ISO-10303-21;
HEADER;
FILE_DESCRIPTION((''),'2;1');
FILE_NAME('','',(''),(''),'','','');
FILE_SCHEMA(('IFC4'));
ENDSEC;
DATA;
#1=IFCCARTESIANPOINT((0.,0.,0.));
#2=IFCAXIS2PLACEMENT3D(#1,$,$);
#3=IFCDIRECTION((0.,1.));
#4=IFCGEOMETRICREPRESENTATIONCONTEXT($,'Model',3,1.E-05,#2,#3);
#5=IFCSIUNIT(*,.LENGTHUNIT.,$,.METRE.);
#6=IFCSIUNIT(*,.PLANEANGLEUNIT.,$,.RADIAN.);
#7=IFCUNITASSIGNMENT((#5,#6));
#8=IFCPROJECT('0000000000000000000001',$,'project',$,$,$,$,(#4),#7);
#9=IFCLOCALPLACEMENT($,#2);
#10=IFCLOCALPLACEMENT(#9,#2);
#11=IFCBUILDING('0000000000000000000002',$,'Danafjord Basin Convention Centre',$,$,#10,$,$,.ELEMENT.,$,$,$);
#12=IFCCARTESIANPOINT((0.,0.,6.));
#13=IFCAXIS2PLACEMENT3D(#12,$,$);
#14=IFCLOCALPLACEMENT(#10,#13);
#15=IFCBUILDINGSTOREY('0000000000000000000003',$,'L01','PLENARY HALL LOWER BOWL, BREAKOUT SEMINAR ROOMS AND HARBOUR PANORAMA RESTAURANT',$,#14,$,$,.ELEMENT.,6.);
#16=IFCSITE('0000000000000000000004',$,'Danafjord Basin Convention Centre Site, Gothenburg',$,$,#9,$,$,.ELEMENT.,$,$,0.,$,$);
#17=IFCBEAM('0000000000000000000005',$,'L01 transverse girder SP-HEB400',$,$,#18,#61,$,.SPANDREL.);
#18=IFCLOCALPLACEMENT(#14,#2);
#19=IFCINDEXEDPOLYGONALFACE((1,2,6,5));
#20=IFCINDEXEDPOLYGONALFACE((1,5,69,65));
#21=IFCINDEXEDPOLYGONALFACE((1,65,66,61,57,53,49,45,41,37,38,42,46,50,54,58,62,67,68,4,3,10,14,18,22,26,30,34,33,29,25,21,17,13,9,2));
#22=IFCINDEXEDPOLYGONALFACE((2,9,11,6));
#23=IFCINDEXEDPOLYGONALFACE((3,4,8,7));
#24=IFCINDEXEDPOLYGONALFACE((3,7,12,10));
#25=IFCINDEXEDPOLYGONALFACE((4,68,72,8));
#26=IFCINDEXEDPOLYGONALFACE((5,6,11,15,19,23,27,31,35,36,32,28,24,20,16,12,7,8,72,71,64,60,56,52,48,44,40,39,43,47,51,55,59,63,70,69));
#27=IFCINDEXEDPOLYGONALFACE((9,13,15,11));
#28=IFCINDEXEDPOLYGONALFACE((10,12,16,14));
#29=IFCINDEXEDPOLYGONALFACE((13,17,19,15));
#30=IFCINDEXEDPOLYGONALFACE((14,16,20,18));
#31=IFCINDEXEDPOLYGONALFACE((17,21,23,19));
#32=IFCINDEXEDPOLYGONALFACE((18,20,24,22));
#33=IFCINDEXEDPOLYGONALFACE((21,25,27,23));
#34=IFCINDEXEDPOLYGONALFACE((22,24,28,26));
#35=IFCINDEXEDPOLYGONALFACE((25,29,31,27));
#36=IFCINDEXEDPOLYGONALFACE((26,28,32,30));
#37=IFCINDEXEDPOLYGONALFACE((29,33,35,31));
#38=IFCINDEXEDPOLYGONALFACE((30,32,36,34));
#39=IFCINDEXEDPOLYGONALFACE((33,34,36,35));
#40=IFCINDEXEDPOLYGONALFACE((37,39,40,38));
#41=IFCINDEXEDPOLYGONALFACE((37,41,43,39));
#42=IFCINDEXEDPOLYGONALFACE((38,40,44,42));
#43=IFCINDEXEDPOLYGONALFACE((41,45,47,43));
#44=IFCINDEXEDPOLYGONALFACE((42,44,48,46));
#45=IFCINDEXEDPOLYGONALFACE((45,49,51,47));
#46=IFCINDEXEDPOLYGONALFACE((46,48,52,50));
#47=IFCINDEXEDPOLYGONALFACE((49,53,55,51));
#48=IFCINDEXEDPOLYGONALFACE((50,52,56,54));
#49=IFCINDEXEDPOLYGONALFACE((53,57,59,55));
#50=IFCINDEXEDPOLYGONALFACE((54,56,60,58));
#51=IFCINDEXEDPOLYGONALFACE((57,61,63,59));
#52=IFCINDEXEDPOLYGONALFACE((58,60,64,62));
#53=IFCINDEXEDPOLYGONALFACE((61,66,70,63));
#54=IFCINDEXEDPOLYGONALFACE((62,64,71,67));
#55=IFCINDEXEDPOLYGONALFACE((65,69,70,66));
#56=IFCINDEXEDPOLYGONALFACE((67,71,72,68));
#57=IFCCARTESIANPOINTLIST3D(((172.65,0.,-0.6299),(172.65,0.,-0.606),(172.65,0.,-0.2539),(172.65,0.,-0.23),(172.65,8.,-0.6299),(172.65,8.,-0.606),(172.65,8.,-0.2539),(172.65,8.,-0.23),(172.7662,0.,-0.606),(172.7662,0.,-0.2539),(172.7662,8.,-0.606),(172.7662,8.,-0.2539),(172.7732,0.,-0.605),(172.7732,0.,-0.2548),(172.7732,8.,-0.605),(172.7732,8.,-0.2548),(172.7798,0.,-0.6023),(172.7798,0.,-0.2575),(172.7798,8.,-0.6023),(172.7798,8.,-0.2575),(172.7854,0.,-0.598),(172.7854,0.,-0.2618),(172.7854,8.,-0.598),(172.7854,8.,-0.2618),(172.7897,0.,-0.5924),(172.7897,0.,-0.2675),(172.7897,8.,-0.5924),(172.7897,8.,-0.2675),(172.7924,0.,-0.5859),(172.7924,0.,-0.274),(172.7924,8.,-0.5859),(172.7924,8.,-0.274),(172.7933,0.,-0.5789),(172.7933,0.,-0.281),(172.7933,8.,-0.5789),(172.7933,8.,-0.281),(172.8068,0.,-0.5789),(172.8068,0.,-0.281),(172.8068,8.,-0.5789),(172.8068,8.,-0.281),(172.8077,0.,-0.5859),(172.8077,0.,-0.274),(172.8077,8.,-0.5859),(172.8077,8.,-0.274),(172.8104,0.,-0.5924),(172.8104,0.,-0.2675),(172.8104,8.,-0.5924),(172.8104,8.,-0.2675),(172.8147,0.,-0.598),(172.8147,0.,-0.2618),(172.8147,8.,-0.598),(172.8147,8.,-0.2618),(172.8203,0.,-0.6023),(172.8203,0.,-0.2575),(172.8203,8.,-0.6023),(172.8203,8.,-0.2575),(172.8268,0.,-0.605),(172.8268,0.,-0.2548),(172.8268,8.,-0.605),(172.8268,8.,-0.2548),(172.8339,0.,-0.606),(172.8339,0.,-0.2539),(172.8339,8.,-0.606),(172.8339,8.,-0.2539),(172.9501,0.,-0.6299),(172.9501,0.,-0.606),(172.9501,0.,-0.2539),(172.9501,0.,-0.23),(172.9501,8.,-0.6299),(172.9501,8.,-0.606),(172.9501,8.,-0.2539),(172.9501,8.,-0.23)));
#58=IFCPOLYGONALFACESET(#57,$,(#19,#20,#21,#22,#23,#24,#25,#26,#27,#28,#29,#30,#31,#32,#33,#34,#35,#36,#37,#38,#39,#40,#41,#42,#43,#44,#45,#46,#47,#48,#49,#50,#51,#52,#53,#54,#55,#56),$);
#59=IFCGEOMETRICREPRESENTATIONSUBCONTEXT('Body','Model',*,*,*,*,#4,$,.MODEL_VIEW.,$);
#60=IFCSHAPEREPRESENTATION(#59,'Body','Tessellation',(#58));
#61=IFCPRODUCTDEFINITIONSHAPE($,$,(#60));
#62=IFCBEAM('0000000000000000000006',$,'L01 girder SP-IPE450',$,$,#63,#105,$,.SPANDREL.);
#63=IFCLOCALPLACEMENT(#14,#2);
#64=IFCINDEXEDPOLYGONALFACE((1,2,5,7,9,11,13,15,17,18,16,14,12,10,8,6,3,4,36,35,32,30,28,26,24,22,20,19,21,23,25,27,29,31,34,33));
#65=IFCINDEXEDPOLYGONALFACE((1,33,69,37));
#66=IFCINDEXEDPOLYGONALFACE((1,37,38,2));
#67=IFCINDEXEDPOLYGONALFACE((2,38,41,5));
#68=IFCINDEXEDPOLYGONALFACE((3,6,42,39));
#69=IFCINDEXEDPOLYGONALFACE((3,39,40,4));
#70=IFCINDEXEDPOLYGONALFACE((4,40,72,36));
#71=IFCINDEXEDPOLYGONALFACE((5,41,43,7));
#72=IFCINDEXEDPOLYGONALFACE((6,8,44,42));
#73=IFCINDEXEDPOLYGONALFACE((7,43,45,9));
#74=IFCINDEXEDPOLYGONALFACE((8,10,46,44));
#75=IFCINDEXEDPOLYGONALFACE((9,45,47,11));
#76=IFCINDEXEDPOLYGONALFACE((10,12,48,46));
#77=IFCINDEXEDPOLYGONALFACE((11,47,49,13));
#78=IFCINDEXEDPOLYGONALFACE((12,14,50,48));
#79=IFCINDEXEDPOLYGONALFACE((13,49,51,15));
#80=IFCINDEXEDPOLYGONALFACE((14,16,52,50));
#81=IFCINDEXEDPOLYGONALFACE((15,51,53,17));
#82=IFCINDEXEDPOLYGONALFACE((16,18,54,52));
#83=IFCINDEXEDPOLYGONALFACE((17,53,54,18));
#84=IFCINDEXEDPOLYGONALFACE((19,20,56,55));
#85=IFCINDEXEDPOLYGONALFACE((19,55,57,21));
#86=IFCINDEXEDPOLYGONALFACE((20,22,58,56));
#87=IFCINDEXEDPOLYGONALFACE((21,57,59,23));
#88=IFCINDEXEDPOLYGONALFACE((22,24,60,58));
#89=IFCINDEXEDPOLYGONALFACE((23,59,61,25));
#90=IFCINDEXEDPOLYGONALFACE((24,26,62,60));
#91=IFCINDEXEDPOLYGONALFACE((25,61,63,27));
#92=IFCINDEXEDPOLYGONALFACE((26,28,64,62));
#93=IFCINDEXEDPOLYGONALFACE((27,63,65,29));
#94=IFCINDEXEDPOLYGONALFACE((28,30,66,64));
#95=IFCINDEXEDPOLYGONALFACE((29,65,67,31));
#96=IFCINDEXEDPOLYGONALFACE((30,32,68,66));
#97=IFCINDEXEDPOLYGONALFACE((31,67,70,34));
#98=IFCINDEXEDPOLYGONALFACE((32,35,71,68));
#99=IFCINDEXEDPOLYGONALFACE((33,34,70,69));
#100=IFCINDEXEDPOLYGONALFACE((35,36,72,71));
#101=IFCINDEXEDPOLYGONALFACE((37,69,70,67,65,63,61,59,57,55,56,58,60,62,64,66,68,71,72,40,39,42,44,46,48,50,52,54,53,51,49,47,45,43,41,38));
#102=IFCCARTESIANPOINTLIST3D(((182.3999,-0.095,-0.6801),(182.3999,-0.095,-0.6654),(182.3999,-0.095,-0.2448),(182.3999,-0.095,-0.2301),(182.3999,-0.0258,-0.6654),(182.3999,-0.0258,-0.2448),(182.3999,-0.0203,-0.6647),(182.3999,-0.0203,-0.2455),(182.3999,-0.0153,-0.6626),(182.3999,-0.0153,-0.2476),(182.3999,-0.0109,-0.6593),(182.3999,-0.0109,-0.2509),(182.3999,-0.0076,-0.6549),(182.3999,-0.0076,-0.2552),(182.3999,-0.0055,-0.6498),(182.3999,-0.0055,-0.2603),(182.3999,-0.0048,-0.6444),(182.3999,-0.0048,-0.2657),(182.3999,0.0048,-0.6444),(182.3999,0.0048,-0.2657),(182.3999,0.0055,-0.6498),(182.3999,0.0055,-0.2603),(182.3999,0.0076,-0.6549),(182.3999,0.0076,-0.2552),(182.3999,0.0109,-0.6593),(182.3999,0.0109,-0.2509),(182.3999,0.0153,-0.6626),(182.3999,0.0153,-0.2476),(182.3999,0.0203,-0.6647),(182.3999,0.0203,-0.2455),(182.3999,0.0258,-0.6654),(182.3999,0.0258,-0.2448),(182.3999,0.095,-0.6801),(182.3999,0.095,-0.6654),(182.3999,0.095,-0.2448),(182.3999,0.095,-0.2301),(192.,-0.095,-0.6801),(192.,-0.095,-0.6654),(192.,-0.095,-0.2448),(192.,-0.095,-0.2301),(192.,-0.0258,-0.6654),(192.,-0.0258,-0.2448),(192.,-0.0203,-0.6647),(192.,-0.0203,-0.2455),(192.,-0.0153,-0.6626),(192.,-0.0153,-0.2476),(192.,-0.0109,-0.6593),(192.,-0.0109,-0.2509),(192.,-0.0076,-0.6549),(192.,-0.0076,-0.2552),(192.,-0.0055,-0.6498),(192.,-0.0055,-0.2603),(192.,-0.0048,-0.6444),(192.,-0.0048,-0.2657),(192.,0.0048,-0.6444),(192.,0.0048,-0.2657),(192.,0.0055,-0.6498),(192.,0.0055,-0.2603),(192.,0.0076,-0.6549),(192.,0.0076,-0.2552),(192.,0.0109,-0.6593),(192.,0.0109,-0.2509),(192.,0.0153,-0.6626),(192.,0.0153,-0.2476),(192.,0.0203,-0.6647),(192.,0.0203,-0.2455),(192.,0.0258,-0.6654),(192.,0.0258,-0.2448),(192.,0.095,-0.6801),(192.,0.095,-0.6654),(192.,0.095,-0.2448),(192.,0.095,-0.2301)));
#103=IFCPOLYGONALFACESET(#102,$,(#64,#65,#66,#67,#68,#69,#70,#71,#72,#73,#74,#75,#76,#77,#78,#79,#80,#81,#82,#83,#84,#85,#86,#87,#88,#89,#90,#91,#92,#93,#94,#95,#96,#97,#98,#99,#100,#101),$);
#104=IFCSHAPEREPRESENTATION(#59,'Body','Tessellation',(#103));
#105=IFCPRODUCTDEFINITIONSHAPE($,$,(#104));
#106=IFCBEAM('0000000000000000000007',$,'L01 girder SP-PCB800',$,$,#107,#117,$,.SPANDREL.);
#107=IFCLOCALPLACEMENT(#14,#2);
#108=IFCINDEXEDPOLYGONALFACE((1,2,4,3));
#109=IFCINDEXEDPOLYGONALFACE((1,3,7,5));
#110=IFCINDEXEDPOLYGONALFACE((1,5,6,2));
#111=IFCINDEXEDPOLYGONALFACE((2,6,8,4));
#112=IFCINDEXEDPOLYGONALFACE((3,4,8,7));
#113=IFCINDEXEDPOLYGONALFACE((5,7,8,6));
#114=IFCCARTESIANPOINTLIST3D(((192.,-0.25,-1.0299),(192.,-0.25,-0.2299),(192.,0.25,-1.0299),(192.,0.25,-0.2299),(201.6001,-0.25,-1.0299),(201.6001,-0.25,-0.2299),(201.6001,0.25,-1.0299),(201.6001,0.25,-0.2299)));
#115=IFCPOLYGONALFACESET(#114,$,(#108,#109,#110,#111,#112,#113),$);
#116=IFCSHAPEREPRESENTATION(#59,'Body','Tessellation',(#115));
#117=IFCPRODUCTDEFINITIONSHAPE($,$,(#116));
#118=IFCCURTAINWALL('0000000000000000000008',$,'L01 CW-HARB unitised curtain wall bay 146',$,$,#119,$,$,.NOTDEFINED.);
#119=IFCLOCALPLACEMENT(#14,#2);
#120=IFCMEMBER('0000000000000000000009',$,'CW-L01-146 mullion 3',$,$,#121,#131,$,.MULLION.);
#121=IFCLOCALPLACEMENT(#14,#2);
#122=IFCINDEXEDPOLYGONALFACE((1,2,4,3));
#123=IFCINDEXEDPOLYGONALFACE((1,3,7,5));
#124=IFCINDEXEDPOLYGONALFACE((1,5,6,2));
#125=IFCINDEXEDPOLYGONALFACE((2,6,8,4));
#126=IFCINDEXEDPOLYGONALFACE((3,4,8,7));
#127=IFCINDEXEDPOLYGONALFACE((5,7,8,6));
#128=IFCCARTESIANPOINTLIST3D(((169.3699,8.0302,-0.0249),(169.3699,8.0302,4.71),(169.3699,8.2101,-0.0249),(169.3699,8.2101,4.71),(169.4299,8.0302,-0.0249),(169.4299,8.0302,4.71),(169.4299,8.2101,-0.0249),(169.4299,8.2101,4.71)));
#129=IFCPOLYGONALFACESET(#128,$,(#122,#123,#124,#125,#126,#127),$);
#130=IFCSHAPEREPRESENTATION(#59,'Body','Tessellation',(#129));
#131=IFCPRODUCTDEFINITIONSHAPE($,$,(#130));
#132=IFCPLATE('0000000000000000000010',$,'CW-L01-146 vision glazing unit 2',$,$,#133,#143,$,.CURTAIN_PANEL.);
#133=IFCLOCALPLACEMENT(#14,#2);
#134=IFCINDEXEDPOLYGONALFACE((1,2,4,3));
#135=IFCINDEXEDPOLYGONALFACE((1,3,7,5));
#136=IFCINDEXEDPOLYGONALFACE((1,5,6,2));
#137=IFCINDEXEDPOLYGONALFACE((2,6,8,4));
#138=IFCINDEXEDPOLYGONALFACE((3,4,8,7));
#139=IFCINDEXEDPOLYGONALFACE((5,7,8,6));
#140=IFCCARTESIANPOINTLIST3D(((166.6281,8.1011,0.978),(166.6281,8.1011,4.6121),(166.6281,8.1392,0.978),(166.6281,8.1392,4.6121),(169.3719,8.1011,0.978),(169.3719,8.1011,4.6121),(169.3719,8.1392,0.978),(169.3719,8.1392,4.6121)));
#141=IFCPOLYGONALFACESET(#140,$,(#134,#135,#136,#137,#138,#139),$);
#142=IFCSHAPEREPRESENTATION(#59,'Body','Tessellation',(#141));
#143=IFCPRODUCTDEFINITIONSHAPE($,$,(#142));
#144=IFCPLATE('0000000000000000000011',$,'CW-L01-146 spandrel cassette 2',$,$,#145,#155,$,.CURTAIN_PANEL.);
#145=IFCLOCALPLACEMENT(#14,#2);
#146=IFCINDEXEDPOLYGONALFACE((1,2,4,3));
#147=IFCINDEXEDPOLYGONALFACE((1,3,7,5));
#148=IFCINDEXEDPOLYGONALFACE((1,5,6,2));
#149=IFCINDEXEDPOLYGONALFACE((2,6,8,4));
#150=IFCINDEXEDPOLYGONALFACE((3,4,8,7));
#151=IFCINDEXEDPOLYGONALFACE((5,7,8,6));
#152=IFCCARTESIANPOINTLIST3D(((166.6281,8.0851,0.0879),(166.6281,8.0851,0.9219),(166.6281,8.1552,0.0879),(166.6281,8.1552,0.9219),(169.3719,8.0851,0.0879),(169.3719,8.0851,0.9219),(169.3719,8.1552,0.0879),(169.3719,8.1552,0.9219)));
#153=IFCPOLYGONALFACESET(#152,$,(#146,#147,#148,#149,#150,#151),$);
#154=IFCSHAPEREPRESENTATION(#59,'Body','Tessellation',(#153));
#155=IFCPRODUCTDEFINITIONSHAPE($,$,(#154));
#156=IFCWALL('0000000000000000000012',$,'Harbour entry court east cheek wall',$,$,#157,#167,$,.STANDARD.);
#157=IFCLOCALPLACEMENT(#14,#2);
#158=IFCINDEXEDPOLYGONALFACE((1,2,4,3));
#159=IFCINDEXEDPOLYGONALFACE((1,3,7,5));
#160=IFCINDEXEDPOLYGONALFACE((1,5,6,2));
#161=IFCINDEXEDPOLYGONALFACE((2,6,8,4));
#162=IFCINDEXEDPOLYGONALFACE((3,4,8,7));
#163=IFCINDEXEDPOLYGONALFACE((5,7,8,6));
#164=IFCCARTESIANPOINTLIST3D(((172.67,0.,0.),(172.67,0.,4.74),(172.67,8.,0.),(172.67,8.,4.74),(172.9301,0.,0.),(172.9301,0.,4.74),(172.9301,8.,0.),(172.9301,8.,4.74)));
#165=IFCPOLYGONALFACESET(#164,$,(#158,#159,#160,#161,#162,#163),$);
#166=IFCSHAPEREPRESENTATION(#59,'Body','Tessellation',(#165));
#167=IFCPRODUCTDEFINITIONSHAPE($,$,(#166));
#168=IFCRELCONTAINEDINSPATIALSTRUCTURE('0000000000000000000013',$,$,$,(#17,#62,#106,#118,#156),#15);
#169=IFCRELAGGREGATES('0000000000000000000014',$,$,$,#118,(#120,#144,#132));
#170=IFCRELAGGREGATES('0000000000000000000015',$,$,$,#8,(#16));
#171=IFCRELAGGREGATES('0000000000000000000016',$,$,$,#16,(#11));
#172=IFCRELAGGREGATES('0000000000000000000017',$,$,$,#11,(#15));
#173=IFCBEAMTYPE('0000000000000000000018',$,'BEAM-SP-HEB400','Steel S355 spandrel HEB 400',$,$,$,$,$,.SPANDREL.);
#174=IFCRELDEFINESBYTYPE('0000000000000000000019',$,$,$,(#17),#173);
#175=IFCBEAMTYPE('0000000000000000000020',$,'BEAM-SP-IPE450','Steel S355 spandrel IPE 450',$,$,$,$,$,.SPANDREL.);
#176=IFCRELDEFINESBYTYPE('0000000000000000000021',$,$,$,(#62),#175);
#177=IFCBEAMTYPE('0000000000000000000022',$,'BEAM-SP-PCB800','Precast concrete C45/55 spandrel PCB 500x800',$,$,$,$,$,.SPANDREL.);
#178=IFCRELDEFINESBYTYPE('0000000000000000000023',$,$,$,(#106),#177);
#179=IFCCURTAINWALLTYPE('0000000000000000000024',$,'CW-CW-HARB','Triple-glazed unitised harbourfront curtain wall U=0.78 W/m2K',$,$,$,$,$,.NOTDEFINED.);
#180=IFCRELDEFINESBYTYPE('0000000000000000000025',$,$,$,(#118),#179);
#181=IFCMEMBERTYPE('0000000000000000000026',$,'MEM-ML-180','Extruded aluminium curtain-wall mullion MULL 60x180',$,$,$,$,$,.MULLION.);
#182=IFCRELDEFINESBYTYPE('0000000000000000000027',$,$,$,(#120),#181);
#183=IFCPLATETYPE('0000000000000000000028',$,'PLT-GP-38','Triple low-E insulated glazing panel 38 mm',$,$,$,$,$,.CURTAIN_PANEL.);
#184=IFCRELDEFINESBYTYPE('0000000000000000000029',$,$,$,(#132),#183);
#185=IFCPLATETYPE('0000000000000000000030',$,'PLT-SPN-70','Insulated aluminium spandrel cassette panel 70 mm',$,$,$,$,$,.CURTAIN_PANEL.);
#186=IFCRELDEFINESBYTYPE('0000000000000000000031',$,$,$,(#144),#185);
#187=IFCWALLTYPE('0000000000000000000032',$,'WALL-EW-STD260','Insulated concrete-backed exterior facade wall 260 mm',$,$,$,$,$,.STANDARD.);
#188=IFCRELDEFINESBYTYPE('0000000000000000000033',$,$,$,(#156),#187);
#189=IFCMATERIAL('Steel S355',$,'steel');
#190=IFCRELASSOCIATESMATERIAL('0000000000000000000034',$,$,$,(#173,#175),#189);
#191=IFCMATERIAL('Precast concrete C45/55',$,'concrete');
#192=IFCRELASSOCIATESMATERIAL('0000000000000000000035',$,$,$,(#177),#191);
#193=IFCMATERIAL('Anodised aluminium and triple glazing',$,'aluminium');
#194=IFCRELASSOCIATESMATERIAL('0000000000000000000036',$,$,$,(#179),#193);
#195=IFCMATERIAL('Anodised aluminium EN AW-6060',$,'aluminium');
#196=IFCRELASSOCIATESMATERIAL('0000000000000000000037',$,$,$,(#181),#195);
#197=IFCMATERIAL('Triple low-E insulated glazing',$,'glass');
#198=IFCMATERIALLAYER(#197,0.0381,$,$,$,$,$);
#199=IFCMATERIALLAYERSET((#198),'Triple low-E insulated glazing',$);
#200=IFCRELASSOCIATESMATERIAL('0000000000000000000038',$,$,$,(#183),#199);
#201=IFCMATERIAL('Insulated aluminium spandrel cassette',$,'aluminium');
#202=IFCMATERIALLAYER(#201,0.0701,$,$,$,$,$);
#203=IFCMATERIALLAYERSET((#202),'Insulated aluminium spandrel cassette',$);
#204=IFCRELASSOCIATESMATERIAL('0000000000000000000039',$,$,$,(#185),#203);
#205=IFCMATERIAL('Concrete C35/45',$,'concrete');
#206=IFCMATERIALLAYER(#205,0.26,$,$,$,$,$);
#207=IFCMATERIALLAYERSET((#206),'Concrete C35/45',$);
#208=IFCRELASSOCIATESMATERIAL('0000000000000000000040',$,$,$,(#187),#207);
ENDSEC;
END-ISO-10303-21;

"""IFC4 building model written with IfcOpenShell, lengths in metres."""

from ifc_helpers import new_model, si_unit, direction, frame, frame_2d, origin, origin_2d, place, context, subcontext, project, spatial, rectangle, i_section, extrude, material, layer, layer_set, material_profile, profile_set, type_object, element, aggregate, save


model = new_model("IFC4")

# Units and contexts
model_context = context("Model", 3, precision=1e-05, world=origin(), true_north=direction((0.0, 1.0)))
body_context = subcontext(model_context, "Body", "Model", "MODEL_VIEW")
ifc_project = project(units=[si_unit("LENGTHUNIT", "METRE"), si_unit("PLANEANGLEUNIT", "RADIAN")], contexts=[model_context])

# Site, building, storey
site_placement = place(None, origin())
site = spatial("IfcSite", under=ifc_project, at=site_placement, Name="Danafjord Basin Convention Centre Site, Gothenburg", CompositionType="ELEMENT", RefElevation=0.0)
building_placement = place(site_placement, origin())
building = spatial("IfcBuilding", under=site, at=building_placement, Name="Danafjord Basin Convention Centre", CompositionType="ELEMENT")
storey_placement = place(building_placement, frame((0.0, 0.0, 6.0)))
storey = spatial("IfcBuildingStorey", under=building, at=storey_placement, Name="L01", Description="PLENARY HALL LOWER BOWL, BREAKOUT SEMINAR ROOMS AND HARBOUR PANORAMA RESTAURANT", CompositionType="ELEMENT", Elevation=6.0)

# Shared definitions
ifc_material_1 = material(Name="Steel S355", Category="steel")

# Beams
ifc_material_profile_1 = material_profile(ifc_material_1, i_section(OverallWidth=0.3, OverallDepth=0.3999, WebThickness=0.0134, FlangeThickness=0.0239, FilletRadius=0.0271, at=origin_2d()), Name="HEB 400")
ifc_profile_set_1 = profile_set([ifc_material_profile_1], Name="Steel S355")
beam_type_1 = type_object("IfcBeamType", Name="BEAM-SP-HEB400", Description="Steel S355 spandrel HEB 400", PredefinedType="SPANDREL", material=ifc_profile_set_1)
beam_1_placement = place(storey_placement, frame((172.8, 0.0, -0.4299), z_axis=(0.0, 1.0, 0.0), x_axis=(-1.0, 0.0, 0.0)))
element("IfcBeam", 1, at=beam_1_placement, inside=storey, type_object=beam_type_1, Name="L01 transverse girder SP-HEB400", PredefinedType="SPANDREL", context=body_context, shape_type="SweptSolid", body=[
    extrude(i_section(OverallWidth=0.3, OverallDepth=0.3999, WebThickness=0.0134, FlangeThickness=0.0239, FilletRadius=0.0271, at=origin_2d()), origin(), (0.0, 0.0, 1.0), 8.0),
])
ifc_material_profile_2 = material_profile(ifc_material_1, i_section(OverallWidth=0.1899, OverallDepth=0.45, WebThickness=0.0095, FlangeThickness=0.0146, FilletRadius=0.021, at=origin_2d()), Name="IPE 450")
ifc_profile_set_2 = profile_set([ifc_material_profile_2], Name="Steel S355")
beam_type_2 = type_object("IfcBeamType", Name="BEAM-SP-IPE450", Description="Steel S355 spandrel IPE 450", PredefinedType="SPANDREL", material=ifc_profile_set_2)
beam_2_placement = place(storey_placement, frame((182.3999, 0.0, -0.4551), z_axis=(1.0, 0.0, 0.0), x_axis=(0.0, 1.0, 0.0)))
element("IfcBeam", 2, at=beam_2_placement, inside=storey, type_object=beam_type_2, Name="L01 girder SP-IPE450", PredefinedType="SPANDREL", context=body_context, shape_type="SweptSolid", body=[
    extrude(i_section(OverallWidth=0.1899, OverallDepth=0.45, WebThickness=0.0095, FlangeThickness=0.0146, FilletRadius=0.021, at=origin_2d()), origin(), (0.0, 0.0, 1.0), 9.6001),
])
ifc_material_2 = material(Name="Precast concrete C45/55", Category="concrete")
ifc_material_profile_3 = material_profile(ifc_material_2, rectangle(XDim=0.5, YDim=0.8, at=origin_2d()), Name="PCB 500x800")
ifc_profile_set_3 = profile_set([ifc_material_profile_3], Name="Precast concrete C45/55")
beam_type_3 = type_object("IfcBeamType", Name="BEAM-SP-PCB800", Description="Precast concrete C45/55 spandrel PCB 500x800", PredefinedType="SPANDREL", material=ifc_profile_set_3)
beam_3_placement = place(storey_placement, frame((192.0, 0.0, -0.6299), z_axis=(1.0, 0.0, 0.0), x_axis=(0.0, 1.0, 0.0)))
element("IfcBeam", 3, at=beam_3_placement, inside=storey, type_object=beam_type_3, Name="L01 girder SP-PCB800", PredefinedType="SPANDREL", context=body_context, shape_type="SweptSolid", body=[
    extrude(rectangle(XDim=0.5, YDim=0.8, at=origin_2d()), origin(), (0.0, 0.0, 1.0), 9.6001),
])

# Curtain wall, member, plates
ifc_material_3 = material(Name="Anodised aluminium and triple glazing", Category="aluminium")
curtain_wall_type = type_object("IfcCurtainWallType", Name="CW-CW-HARB", Description="Triple-glazed unitised harbourfront curtain wall U=0.78 W/m2K", PredefinedType="NOTDEFINED", material=ifc_material_3)
curtain_wall_placement = place(storey_placement, origin())
curtain_wall = element("IfcCurtainWall", 4, at=curtain_wall_placement, inside=storey, type_object=curtain_wall_type, Name="L01 CW-HARB unitised curtain wall bay 146", PredefinedType="NOTDEFINED")
ifc_material_4 = material(Name="Anodised aluminium EN AW-6060", Category="aluminium")
ifc_material_profile_4 = material_profile(ifc_material_4, rectangle(XDim=0.0601, YDim=0.1799, at=origin_2d()), Name="MULL 60x180")
ifc_profile_set_4 = profile_set([ifc_material_profile_4], Name="Anodised aluminium EN AW-6060")
member_type = type_object("IfcMemberType", Name="MEM-ML-180", Description="Extruded aluminium curtain-wall mullion MULL 60x180", PredefinedType="MULLION", material=ifc_profile_set_4)
member_placement = place(storey_placement, frame((169.3999, 8.1201, -0.0249), z_axis=(0.0, 0.0, 1.0), x_axis=(1.0, 0.0, 0.0)))
member = element("IfcMember", 5, at=member_placement, type_object=member_type, Name="CW-L01-146 mullion 3", PredefinedType="MULLION", context=body_context, shape_type="SweptSolid", body=[
    extrude(rectangle(XDim=0.0601, YDim=0.1799, at=origin_2d()), origin(), (0.0, 0.0, 1.0), 4.7349),
])
ifc_material_5 = material(Name="Triple low-E insulated glazing", Category="glass")
ifc_layer_1 = layer(ifc_material_5, 0.0381)
ifc_layer_set_1 = layer_set([ifc_layer_1], Name="Triple low-E insulated glazing")
plate_type_1 = type_object("IfcPlateType", Name="PLT-GP-38", Description="Triple low-E insulated glazing panel 38 mm", PredefinedType="CURTAIN_PANEL", material=ifc_layer_set_1)
plate_1_placement = place(storey_placement, frame((168.0, 8.1201, 0.978), z_axis=(0.0, 0.0, 1.0), x_axis=(1.0, 0.0, 0.0)))
plate_1 = element("IfcPlate", 6, at=plate_1_placement, type_object=plate_type_1, Name="CW-L01-146 vision glazing unit 2", PredefinedType="CURTAIN_PANEL", context=body_context, shape_type="SweptSolid", body=[
    extrude(rectangle(XDim=2.7439, YDim=0.0381, at=origin_2d()), origin(), (0.0, 0.0, 1.0), 3.634),
])
ifc_material_6 = material(Name="Insulated aluminium spandrel cassette", Category="aluminium")
ifc_layer_2 = layer(ifc_material_6, 0.0701)
ifc_layer_set_2 = layer_set([ifc_layer_2], Name="Insulated aluminium spandrel cassette")
plate_type_2 = type_object("IfcPlateType", Name="PLT-SPN-70", Description="Insulated aluminium spandrel cassette panel 70 mm", PredefinedType="CURTAIN_PANEL", material=ifc_layer_set_2)
plate_2_placement = place(storey_placement, frame((168.0, 8.1201, 0.0879), z_axis=(0.0, 0.0, 1.0), x_axis=(1.0, 0.0, 0.0)))
plate_2 = element("IfcPlate", 7, at=plate_2_placement, type_object=plate_type_2, Name="CW-L01-146 spandrel cassette 2", PredefinedType="CURTAIN_PANEL", context=body_context, shape_type="SweptSolid", body=[
    extrude(rectangle(XDim=2.7439, YDim=0.0701, at=origin_2d()), origin(), (0.0, 0.0, 1.0), 0.834),
])
aggregate(curtain_wall, [member, plate_2, plate_1])

# Wall
ifc_material_7 = material(Name="Concrete C35/45", Category="concrete")
ifc_layer_3 = layer(ifc_material_7, 0.26)
ifc_layer_set_3 = layer_set([ifc_layer_3], Name="Concrete C35/45")
wall_type_1 = type_object("IfcWallType", Name="WALL-EW-STD260", Description="Insulated concrete-backed exterior facade wall 260 mm", PredefinedType="STANDARD", material=ifc_layer_set_3)
wall_1_placement = place(storey_placement, frame((172.8, 0.0, 0.0), z_axis=(0.0, 0.0, 1.0), x_axis=(0.0, 1.0, 0.0)))
element("IfcWall", 8, at=wall_1_placement, inside=storey, type_object=wall_type_1, Name="Harbour entry court east cheek wall", PredefinedType="STANDARD", context=body_context, shape_type="SweptSolid", body=[
    extrude(rectangle(XDim=8.0, YDim=0.26, at=frame_2d((4.0, 0.0))), origin(), (0.0, 0.0, 1.0), 4.74),
])

save(model, "model.ifc")
